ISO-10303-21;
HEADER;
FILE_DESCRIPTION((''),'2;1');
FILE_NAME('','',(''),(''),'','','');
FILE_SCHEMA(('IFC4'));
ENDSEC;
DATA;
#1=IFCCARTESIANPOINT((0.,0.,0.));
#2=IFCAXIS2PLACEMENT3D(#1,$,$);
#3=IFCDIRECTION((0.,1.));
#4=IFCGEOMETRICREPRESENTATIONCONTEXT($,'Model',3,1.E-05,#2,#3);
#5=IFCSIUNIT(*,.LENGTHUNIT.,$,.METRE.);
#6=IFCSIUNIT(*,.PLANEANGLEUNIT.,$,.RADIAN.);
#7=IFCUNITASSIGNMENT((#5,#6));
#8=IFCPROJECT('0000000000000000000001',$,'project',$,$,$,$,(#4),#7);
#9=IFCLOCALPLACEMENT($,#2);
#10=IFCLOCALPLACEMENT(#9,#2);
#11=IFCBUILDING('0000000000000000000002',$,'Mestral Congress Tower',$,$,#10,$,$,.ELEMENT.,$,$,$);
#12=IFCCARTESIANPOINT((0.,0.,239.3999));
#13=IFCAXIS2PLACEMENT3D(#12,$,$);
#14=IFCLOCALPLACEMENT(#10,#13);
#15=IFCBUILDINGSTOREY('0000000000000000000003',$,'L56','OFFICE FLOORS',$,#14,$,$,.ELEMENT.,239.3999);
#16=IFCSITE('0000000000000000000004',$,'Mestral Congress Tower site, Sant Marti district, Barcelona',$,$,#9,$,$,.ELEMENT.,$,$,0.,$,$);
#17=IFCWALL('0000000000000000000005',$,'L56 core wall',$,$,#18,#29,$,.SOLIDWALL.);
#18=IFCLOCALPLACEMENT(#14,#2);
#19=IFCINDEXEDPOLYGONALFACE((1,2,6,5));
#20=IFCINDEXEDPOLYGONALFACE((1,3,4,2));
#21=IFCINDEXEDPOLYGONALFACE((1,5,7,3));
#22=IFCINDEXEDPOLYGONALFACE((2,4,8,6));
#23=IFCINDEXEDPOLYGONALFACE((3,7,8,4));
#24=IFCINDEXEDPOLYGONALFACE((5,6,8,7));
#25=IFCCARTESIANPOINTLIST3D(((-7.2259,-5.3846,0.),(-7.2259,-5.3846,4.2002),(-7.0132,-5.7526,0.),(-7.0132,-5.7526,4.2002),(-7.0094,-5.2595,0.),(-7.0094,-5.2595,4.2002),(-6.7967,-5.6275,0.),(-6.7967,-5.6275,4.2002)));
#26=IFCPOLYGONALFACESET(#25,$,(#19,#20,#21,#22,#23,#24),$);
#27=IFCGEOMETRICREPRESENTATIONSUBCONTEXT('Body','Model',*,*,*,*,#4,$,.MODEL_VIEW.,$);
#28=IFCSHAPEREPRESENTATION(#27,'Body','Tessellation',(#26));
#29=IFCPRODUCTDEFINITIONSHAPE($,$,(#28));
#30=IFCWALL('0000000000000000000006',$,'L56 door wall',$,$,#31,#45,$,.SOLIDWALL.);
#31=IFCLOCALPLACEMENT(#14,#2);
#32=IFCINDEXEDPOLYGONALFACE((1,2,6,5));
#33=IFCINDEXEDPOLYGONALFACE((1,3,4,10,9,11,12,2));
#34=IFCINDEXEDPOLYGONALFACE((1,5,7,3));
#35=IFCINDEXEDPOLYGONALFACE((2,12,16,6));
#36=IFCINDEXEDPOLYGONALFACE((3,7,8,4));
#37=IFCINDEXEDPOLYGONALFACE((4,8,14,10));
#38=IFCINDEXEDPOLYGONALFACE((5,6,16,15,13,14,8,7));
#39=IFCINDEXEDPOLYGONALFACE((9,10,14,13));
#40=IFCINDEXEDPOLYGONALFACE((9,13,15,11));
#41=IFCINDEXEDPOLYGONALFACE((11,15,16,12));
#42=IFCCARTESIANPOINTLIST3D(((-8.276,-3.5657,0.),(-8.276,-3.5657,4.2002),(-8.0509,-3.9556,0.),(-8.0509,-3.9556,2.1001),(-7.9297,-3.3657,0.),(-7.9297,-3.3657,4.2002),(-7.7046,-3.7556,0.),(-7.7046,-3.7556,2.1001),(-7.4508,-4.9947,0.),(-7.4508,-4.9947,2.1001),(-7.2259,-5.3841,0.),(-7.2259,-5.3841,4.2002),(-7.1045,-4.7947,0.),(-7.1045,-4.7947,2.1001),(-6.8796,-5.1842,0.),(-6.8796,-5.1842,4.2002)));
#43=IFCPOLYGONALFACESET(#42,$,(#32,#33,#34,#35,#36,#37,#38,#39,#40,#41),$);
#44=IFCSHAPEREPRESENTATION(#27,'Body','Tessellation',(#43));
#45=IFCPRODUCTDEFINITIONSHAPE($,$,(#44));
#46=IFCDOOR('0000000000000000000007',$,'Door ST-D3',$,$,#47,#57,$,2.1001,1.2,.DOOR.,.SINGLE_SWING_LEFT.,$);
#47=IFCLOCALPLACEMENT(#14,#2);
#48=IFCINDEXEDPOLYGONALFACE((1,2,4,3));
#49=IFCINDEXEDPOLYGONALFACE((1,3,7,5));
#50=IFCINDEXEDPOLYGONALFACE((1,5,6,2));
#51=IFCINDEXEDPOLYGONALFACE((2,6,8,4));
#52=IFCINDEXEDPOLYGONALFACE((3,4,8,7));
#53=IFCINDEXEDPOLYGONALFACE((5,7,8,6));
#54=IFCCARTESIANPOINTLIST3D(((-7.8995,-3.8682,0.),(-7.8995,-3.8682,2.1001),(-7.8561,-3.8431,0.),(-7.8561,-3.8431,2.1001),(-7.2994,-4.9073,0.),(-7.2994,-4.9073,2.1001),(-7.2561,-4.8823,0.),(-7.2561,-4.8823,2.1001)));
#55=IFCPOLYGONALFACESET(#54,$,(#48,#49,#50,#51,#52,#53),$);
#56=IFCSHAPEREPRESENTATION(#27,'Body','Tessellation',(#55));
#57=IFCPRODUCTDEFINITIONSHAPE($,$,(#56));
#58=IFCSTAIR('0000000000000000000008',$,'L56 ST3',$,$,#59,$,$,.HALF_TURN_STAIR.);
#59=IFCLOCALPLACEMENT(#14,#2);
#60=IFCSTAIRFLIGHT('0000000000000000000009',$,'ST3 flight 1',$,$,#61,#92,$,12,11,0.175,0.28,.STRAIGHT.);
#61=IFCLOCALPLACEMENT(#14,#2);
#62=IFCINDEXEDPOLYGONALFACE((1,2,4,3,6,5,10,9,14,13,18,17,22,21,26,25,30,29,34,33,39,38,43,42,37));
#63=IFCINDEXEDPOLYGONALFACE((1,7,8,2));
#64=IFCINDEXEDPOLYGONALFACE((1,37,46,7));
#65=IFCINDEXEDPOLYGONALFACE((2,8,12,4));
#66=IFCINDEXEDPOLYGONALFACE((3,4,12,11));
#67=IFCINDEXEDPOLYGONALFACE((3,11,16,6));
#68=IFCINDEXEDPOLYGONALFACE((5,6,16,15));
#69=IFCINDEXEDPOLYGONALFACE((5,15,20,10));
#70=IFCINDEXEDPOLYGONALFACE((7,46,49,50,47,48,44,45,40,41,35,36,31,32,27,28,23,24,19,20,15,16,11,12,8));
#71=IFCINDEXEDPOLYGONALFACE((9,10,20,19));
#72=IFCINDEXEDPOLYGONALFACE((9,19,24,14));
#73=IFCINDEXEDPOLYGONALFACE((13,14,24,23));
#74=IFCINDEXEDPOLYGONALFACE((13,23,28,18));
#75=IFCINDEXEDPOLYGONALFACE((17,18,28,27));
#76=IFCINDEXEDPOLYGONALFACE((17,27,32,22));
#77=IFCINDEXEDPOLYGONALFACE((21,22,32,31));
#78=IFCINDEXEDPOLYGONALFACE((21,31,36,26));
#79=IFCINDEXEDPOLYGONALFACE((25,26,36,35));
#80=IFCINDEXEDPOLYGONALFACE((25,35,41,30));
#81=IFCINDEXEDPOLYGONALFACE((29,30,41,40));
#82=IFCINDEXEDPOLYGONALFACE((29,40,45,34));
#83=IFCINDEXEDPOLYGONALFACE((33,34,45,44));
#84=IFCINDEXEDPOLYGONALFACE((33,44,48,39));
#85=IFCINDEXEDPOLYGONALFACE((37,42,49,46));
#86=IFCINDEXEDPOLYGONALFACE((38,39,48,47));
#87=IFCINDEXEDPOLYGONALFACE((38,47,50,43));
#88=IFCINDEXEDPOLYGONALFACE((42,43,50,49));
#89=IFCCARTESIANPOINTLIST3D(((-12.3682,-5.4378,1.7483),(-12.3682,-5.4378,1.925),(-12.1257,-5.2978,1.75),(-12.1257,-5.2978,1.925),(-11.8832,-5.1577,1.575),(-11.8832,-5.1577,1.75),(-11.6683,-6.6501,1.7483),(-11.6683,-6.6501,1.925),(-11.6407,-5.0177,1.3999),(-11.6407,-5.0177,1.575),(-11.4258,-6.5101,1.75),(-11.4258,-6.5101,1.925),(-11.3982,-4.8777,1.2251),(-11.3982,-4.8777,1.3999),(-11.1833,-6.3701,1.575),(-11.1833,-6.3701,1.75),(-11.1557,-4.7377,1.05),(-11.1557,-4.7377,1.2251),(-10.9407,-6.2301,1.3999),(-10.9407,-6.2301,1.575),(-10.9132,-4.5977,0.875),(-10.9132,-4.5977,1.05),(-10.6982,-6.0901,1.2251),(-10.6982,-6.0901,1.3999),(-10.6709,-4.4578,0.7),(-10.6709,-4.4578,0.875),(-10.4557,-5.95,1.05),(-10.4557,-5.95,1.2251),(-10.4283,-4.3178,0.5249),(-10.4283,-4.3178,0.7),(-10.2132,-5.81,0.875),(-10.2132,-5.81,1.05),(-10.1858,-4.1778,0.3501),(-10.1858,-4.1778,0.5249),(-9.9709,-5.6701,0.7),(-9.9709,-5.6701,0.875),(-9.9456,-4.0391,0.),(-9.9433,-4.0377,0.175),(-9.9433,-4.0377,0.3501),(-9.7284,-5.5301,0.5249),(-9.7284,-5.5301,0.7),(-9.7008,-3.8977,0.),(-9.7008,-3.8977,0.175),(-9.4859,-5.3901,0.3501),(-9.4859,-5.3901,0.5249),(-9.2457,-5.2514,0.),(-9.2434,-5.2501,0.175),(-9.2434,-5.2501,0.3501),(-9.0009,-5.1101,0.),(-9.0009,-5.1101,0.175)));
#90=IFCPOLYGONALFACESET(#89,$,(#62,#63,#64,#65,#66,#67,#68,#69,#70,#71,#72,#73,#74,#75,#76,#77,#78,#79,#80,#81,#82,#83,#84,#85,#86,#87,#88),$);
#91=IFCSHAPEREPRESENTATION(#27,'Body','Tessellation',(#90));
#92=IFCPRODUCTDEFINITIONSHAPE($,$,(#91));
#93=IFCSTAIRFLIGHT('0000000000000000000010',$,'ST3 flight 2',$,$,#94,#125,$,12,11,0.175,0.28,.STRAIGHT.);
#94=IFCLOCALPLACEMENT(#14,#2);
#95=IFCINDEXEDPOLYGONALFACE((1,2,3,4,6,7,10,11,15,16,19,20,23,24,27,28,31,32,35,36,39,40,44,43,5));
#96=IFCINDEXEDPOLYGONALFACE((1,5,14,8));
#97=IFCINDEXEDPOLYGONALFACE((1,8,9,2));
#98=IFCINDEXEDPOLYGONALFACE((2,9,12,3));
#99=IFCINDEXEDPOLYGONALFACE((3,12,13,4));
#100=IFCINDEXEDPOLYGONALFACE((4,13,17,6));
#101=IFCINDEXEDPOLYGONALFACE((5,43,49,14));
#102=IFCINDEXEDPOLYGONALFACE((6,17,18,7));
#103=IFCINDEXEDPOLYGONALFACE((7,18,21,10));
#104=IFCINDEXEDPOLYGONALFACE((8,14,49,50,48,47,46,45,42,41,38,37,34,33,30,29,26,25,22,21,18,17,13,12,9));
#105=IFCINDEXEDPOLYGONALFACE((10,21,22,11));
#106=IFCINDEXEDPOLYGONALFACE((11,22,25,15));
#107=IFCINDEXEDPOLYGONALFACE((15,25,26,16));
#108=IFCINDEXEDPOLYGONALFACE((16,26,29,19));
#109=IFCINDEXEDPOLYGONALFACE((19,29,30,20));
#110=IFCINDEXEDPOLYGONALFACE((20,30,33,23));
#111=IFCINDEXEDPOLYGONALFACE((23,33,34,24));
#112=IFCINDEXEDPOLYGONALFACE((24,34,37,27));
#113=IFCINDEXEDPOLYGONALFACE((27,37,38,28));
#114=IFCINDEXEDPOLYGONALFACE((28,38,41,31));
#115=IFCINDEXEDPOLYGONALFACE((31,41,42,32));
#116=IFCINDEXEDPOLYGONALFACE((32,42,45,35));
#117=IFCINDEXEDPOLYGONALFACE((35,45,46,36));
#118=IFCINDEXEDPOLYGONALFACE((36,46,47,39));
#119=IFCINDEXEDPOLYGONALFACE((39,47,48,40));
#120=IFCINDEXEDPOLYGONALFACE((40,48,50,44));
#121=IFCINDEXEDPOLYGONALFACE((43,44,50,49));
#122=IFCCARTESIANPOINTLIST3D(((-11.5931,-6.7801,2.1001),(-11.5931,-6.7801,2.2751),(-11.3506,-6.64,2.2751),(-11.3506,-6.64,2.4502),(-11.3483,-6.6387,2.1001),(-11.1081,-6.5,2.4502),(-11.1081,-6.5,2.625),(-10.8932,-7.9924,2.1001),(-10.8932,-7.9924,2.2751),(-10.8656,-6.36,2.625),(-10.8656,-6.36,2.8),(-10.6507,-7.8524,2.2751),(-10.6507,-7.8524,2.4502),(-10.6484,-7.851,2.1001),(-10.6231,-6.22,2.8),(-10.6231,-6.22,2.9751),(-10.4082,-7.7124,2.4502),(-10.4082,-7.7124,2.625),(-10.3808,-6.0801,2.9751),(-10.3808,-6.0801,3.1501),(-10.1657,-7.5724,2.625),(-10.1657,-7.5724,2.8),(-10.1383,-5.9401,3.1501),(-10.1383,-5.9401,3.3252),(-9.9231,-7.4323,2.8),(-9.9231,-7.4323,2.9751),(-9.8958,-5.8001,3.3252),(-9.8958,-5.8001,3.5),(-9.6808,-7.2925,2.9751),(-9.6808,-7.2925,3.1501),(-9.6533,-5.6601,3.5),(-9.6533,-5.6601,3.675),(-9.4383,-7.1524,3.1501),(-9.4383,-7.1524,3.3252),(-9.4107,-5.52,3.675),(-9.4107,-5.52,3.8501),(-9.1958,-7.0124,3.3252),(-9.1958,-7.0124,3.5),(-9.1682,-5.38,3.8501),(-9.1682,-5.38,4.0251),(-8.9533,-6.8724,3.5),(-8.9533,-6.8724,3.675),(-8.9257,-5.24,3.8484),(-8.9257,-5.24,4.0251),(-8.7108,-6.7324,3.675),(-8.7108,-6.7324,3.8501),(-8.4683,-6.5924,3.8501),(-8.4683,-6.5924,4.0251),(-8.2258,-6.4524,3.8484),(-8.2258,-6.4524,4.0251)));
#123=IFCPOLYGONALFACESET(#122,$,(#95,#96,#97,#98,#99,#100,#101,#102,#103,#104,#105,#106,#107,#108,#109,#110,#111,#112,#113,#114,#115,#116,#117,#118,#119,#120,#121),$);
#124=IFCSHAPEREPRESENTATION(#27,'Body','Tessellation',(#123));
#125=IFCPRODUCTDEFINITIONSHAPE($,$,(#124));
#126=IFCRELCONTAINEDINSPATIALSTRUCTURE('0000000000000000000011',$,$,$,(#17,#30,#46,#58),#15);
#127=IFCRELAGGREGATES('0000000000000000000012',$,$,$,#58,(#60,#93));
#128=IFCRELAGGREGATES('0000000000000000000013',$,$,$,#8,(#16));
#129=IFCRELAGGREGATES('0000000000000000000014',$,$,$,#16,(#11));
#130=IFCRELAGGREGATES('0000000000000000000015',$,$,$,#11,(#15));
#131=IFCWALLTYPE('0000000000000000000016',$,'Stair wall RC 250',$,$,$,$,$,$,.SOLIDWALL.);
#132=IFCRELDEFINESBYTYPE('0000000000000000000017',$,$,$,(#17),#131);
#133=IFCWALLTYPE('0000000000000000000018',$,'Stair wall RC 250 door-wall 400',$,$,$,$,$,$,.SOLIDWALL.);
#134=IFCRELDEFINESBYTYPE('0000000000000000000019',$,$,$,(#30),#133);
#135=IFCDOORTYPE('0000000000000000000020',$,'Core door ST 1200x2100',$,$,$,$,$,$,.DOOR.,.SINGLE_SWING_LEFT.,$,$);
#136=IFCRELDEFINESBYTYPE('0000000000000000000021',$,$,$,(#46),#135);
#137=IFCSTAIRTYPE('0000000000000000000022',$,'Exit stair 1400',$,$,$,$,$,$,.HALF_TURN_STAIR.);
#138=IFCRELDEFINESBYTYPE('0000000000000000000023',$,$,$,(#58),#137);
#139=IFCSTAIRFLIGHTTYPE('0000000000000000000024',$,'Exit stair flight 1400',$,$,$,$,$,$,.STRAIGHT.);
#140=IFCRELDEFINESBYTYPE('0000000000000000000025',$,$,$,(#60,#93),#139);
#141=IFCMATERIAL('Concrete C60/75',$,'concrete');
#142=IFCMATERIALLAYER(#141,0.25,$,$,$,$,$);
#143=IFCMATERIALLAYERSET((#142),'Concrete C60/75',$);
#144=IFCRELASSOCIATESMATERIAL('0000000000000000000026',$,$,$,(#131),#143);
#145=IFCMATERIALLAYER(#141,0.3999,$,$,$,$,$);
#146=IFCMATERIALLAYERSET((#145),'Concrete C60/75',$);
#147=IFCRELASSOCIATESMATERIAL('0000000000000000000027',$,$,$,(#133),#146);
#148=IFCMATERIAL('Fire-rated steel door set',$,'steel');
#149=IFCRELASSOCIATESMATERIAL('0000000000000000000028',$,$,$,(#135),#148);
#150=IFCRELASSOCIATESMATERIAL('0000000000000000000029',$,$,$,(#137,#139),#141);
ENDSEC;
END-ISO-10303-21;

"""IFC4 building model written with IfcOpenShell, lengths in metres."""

from ifc_helpers import new_model, si_unit, direction, frame, frame_2d, origin, place, context, subcontext, project, spatial, polyline, rectangle, outline, extrude, material, layer, layer_set, type_object, element, fill, aggregate, save


model = new_model("IFC4")

# Units and contexts
model_context = context("Model", 3, precision=1e-05, world=origin(), true_north=direction((0.0, 1.0)))
body_context = subcontext(model_context, "Body", "Model", "MODEL_VIEW")
ifc_project = project(units=[si_unit("LENGTHUNIT", "METRE"), si_unit("PLANEANGLEUNIT", "RADIAN")], contexts=[model_context])

# Site, building, storey
site_placement = place(None, origin())
site = spatial("IfcSite", under=ifc_project, at=site_placement, Name="Mestral Congress Tower site, Sant Marti district, Barcelona", CompositionType="ELEMENT", RefElevation=0.0)
building_placement = place(site_placement, origin())
building = spatial("IfcBuilding", under=site, at=building_placement, Name="Mestral Congress Tower", CompositionType="ELEMENT")
storey_placement = place(building_placement, frame((0.0, 0.0, 239.3999)))
storey = spatial("IfcBuildingStorey", under=building, at=storey_placement, Name="L56", Description="OFFICE FLOORS", CompositionType="ELEMENT", Elevation=239.3999)

# Shared definitions
ifc_material_1 = material(Name="Fire-rated steel door set", Category="steel")

# Shared definitions
ifc_material_2 = material(Name="Concrete C60/75", Category="concrete")

# Wall
ifc_layer_1 = layer(ifc_material_2, 0.25)
ifc_layer_set_1 = layer_set([ifc_layer_1], Name="Concrete C60/75")
wall_type_1 = type_object("IfcWallType", Name="Stair wall RC 250", PredefinedType="SOLIDWALL", material=ifc_layer_set_1)
wall_1_placement = place(storey_placement, frame((-6.905, -5.6899, 0.0), z_axis=(0.0, 0.0, 1.0), x_axis=(-0.500402, 0.865793, 0.0)))
element("IfcWall", 1, at=wall_1_placement, inside=storey, type_object=wall_type_1, Name="L56 core wall", PredefinedType="SOLIDWALL", context=body_context, shape_type="SweptSolid", body=[
    extrude(rectangle(XDim=0.425, YDim=0.25, at=frame_2d((0.2124, 0.0))), origin(), (0.0, 0.0, 1.0), 4.2002),
])

# Wall, opening, door
ifc_layer_2 = layer(ifc_material_2, 0.3999)
ifc_layer_set_2 = layer_set([ifc_layer_2], Name="Concrete C60/75")
wall_type_2 = type_object("IfcWallType", Name="Stair wall RC 250 door-wall 400", PredefinedType="SOLIDWALL", material=ifc_layer_set_2)
wall_2_placement = place(storey_placement, frame((-8.1028, -3.4658, 0.0), z_axis=(0.0, 0.0, 1.0), x_axis=(0.500078, -0.86598, 0.0)))
wall_2 = element("IfcWall", 2, at=wall_2_placement, inside=storey, type_object=wall_type_2, Name="L56 door wall", PredefinedType="SOLIDWALL", context=body_context, shape_type="SweptSolid", body=[
    extrude(rectangle(XDim=2.0999, YDim=0.3999, at=frame_2d((1.0498, 0.0))), origin(), (0.0, 0.0, 1.0), 4.2002),
])
opening_1_placement = place(wall_2_placement, frame((0.45, 0.0, 0.0)))
opening_1 = element("IfcOpeningElement", 3, at=opening_1_placement, cuts=wall_2, PredefinedType="OPENING", context=body_context, shape_type="SweptSolid", body=[
    extrude(rectangle(XDim=1.2, YDim=2.1001, at=frame_2d((0.6001, 1.05))), frame((0.0, 0.21, 0.0), z_axis=(0.0, -1.0, 0.0), x_axis=(1.0, 0.0, 0.0)), (0.0, 0.0, 1.0), 0.4199),
])
door_type_1 = type_object("IfcDoorType", Name="Core door ST 1200x2100", OperationType="SINGLE_SWING_LEFT", PredefinedType="DOOR", material=ifc_material_1)
door_1_placement = place(opening_1_placement, origin())
door_1 = element("IfcDoor", 4, at=door_1_placement, inside=storey, type_object=door_type_1, Name="Door ST-D3", OperationType="SINGLE_SWING_LEFT", OverallHeight=2.1001, OverallWidth=1.2, PredefinedType="DOOR", context=body_context, shape_type="SweptSolid", body=[
    extrude(rectangle(XDim=1.2, YDim=2.1001, at=frame_2d((0.6001, 1.05))), frame((0.0, 0.0249, 0.0), z_axis=(0.0, -1.0, 0.0), x_axis=(1.0, 0.0, 0.0)), (0.0, 0.0, 1.0), 0.05),
])
fill(opening_1, door_1)

# Stair, stair flights
stair_type = type_object("IfcStairType", Name="Exit stair 1400", PredefinedType="HALF_TURN_STAIR", material=ifc_material_2)
stair_placement = place(storey_placement, origin())
stair = element("IfcStair", 5, at=stair_placement, inside=storey, type_object=stair_type, Name="L56 ST3", PredefinedType="HALF_TURN_STAIR")
stair_flight_type = type_object("IfcStairFlightType", Name="Exit stair flight 1400", PredefinedType="STRAIGHT", material=ifc_material_2)
stair_flight_1_placement = place(storey_placement, frame((-9.3508, -4.5039, 0.0), z_axis=(0.0, 0.0, 1.0), x_axis=(-0.866025, -0.5, 0.0)))
stair_flight_1 = element("IfcStairFlight", 6, at=stair_flight_1_placement, type_object=stair_flight_type, Name="ST3 flight 1", NumberOfRisers=12, NumberOfTreads=11, PredefinedType="STRAIGHT", RiserHeight=0.175, TreadLength=0.28, context=body_context, shape_type="SweptSolid", body=[
    extrude(outline(polyline([(0.0, 0.0), (0.0, 0.175), (0.28, 0.175), (0.28, 0.3501), (0.5601, 0.3501), (0.5601, 0.5249), (0.8401, 0.5249), (0.8401, 0.7), (1.1201, 0.7), (1.1201, 0.875), (1.3999, 0.875), (1.3999, 1.05), (1.6799, 1.05), (1.6799, 1.2251), (1.96, 1.2251), (1.96, 1.3999), (2.24, 1.3999), (2.24, 1.575), (2.52, 1.575), (2.52, 1.75), (2.8, 1.75), (2.8, 1.925), (3.0801, 1.925), (3.0801, 2.1001), (3.0801, 1.7483), (0.2827, 0.0), (0.0, 0.0)])), frame((0.0, 0.7, 0.0), z_axis=(0.0, -1.0, 0.0), x_axis=(1.0, 0.0, 0.0)), (0.0, 0.0, 1.0), 1.3999),
])
stair_flight_2_placement = place(storey_placement, frame((-11.2432, -7.3862, 2.1001), z_axis=(0.0, 0.0, 1.0), x_axis=(0.866025, 0.5, 0.0)))
stair_flight_2 = element("IfcStairFlight", 7, at=stair_flight_2_placement, type_object=stair_flight_type, Name="ST3 flight 2", NumberOfRisers=12, NumberOfTreads=11, PredefinedType="STRAIGHT", RiserHeight=0.175, TreadLength=0.28, context=body_context, shape_type="SweptSolid", body=[
    extrude(outline(polyline([(0.0, 0.0), (0.0, 0.175), (0.28, 0.175), (0.28, 0.3501), (0.5601, 0.3501), (0.5601, 0.5249), (0.8401, 0.5249), (0.8401, 0.7), (1.1201, 0.7), (1.1201, 0.875), (1.3999, 0.875), (1.3999, 1.05), (1.6799, 1.05), (1.6799, 1.2251), (1.96, 1.2251), (1.96, 1.3999), (2.24, 1.3999), (2.24, 1.575), (2.52, 1.575), (2.52, 1.75), (2.8, 1.75), (2.8, 1.925), (3.0801, 1.925), (3.0801, 2.1001), (3.0801, 1.7483), (0.2827, 0.0), (0.0, 0.0)])), frame((0.0, 0.7, 0.0), z_axis=(0.0, -1.0, 0.0), x_axis=(1.0, 0.0, 0.0)), (0.0, 0.0, 1.0), 1.3999),
])
aggregate(stair, [stair_flight_1, stair_flight_2])

save(model, "model.ifc")
